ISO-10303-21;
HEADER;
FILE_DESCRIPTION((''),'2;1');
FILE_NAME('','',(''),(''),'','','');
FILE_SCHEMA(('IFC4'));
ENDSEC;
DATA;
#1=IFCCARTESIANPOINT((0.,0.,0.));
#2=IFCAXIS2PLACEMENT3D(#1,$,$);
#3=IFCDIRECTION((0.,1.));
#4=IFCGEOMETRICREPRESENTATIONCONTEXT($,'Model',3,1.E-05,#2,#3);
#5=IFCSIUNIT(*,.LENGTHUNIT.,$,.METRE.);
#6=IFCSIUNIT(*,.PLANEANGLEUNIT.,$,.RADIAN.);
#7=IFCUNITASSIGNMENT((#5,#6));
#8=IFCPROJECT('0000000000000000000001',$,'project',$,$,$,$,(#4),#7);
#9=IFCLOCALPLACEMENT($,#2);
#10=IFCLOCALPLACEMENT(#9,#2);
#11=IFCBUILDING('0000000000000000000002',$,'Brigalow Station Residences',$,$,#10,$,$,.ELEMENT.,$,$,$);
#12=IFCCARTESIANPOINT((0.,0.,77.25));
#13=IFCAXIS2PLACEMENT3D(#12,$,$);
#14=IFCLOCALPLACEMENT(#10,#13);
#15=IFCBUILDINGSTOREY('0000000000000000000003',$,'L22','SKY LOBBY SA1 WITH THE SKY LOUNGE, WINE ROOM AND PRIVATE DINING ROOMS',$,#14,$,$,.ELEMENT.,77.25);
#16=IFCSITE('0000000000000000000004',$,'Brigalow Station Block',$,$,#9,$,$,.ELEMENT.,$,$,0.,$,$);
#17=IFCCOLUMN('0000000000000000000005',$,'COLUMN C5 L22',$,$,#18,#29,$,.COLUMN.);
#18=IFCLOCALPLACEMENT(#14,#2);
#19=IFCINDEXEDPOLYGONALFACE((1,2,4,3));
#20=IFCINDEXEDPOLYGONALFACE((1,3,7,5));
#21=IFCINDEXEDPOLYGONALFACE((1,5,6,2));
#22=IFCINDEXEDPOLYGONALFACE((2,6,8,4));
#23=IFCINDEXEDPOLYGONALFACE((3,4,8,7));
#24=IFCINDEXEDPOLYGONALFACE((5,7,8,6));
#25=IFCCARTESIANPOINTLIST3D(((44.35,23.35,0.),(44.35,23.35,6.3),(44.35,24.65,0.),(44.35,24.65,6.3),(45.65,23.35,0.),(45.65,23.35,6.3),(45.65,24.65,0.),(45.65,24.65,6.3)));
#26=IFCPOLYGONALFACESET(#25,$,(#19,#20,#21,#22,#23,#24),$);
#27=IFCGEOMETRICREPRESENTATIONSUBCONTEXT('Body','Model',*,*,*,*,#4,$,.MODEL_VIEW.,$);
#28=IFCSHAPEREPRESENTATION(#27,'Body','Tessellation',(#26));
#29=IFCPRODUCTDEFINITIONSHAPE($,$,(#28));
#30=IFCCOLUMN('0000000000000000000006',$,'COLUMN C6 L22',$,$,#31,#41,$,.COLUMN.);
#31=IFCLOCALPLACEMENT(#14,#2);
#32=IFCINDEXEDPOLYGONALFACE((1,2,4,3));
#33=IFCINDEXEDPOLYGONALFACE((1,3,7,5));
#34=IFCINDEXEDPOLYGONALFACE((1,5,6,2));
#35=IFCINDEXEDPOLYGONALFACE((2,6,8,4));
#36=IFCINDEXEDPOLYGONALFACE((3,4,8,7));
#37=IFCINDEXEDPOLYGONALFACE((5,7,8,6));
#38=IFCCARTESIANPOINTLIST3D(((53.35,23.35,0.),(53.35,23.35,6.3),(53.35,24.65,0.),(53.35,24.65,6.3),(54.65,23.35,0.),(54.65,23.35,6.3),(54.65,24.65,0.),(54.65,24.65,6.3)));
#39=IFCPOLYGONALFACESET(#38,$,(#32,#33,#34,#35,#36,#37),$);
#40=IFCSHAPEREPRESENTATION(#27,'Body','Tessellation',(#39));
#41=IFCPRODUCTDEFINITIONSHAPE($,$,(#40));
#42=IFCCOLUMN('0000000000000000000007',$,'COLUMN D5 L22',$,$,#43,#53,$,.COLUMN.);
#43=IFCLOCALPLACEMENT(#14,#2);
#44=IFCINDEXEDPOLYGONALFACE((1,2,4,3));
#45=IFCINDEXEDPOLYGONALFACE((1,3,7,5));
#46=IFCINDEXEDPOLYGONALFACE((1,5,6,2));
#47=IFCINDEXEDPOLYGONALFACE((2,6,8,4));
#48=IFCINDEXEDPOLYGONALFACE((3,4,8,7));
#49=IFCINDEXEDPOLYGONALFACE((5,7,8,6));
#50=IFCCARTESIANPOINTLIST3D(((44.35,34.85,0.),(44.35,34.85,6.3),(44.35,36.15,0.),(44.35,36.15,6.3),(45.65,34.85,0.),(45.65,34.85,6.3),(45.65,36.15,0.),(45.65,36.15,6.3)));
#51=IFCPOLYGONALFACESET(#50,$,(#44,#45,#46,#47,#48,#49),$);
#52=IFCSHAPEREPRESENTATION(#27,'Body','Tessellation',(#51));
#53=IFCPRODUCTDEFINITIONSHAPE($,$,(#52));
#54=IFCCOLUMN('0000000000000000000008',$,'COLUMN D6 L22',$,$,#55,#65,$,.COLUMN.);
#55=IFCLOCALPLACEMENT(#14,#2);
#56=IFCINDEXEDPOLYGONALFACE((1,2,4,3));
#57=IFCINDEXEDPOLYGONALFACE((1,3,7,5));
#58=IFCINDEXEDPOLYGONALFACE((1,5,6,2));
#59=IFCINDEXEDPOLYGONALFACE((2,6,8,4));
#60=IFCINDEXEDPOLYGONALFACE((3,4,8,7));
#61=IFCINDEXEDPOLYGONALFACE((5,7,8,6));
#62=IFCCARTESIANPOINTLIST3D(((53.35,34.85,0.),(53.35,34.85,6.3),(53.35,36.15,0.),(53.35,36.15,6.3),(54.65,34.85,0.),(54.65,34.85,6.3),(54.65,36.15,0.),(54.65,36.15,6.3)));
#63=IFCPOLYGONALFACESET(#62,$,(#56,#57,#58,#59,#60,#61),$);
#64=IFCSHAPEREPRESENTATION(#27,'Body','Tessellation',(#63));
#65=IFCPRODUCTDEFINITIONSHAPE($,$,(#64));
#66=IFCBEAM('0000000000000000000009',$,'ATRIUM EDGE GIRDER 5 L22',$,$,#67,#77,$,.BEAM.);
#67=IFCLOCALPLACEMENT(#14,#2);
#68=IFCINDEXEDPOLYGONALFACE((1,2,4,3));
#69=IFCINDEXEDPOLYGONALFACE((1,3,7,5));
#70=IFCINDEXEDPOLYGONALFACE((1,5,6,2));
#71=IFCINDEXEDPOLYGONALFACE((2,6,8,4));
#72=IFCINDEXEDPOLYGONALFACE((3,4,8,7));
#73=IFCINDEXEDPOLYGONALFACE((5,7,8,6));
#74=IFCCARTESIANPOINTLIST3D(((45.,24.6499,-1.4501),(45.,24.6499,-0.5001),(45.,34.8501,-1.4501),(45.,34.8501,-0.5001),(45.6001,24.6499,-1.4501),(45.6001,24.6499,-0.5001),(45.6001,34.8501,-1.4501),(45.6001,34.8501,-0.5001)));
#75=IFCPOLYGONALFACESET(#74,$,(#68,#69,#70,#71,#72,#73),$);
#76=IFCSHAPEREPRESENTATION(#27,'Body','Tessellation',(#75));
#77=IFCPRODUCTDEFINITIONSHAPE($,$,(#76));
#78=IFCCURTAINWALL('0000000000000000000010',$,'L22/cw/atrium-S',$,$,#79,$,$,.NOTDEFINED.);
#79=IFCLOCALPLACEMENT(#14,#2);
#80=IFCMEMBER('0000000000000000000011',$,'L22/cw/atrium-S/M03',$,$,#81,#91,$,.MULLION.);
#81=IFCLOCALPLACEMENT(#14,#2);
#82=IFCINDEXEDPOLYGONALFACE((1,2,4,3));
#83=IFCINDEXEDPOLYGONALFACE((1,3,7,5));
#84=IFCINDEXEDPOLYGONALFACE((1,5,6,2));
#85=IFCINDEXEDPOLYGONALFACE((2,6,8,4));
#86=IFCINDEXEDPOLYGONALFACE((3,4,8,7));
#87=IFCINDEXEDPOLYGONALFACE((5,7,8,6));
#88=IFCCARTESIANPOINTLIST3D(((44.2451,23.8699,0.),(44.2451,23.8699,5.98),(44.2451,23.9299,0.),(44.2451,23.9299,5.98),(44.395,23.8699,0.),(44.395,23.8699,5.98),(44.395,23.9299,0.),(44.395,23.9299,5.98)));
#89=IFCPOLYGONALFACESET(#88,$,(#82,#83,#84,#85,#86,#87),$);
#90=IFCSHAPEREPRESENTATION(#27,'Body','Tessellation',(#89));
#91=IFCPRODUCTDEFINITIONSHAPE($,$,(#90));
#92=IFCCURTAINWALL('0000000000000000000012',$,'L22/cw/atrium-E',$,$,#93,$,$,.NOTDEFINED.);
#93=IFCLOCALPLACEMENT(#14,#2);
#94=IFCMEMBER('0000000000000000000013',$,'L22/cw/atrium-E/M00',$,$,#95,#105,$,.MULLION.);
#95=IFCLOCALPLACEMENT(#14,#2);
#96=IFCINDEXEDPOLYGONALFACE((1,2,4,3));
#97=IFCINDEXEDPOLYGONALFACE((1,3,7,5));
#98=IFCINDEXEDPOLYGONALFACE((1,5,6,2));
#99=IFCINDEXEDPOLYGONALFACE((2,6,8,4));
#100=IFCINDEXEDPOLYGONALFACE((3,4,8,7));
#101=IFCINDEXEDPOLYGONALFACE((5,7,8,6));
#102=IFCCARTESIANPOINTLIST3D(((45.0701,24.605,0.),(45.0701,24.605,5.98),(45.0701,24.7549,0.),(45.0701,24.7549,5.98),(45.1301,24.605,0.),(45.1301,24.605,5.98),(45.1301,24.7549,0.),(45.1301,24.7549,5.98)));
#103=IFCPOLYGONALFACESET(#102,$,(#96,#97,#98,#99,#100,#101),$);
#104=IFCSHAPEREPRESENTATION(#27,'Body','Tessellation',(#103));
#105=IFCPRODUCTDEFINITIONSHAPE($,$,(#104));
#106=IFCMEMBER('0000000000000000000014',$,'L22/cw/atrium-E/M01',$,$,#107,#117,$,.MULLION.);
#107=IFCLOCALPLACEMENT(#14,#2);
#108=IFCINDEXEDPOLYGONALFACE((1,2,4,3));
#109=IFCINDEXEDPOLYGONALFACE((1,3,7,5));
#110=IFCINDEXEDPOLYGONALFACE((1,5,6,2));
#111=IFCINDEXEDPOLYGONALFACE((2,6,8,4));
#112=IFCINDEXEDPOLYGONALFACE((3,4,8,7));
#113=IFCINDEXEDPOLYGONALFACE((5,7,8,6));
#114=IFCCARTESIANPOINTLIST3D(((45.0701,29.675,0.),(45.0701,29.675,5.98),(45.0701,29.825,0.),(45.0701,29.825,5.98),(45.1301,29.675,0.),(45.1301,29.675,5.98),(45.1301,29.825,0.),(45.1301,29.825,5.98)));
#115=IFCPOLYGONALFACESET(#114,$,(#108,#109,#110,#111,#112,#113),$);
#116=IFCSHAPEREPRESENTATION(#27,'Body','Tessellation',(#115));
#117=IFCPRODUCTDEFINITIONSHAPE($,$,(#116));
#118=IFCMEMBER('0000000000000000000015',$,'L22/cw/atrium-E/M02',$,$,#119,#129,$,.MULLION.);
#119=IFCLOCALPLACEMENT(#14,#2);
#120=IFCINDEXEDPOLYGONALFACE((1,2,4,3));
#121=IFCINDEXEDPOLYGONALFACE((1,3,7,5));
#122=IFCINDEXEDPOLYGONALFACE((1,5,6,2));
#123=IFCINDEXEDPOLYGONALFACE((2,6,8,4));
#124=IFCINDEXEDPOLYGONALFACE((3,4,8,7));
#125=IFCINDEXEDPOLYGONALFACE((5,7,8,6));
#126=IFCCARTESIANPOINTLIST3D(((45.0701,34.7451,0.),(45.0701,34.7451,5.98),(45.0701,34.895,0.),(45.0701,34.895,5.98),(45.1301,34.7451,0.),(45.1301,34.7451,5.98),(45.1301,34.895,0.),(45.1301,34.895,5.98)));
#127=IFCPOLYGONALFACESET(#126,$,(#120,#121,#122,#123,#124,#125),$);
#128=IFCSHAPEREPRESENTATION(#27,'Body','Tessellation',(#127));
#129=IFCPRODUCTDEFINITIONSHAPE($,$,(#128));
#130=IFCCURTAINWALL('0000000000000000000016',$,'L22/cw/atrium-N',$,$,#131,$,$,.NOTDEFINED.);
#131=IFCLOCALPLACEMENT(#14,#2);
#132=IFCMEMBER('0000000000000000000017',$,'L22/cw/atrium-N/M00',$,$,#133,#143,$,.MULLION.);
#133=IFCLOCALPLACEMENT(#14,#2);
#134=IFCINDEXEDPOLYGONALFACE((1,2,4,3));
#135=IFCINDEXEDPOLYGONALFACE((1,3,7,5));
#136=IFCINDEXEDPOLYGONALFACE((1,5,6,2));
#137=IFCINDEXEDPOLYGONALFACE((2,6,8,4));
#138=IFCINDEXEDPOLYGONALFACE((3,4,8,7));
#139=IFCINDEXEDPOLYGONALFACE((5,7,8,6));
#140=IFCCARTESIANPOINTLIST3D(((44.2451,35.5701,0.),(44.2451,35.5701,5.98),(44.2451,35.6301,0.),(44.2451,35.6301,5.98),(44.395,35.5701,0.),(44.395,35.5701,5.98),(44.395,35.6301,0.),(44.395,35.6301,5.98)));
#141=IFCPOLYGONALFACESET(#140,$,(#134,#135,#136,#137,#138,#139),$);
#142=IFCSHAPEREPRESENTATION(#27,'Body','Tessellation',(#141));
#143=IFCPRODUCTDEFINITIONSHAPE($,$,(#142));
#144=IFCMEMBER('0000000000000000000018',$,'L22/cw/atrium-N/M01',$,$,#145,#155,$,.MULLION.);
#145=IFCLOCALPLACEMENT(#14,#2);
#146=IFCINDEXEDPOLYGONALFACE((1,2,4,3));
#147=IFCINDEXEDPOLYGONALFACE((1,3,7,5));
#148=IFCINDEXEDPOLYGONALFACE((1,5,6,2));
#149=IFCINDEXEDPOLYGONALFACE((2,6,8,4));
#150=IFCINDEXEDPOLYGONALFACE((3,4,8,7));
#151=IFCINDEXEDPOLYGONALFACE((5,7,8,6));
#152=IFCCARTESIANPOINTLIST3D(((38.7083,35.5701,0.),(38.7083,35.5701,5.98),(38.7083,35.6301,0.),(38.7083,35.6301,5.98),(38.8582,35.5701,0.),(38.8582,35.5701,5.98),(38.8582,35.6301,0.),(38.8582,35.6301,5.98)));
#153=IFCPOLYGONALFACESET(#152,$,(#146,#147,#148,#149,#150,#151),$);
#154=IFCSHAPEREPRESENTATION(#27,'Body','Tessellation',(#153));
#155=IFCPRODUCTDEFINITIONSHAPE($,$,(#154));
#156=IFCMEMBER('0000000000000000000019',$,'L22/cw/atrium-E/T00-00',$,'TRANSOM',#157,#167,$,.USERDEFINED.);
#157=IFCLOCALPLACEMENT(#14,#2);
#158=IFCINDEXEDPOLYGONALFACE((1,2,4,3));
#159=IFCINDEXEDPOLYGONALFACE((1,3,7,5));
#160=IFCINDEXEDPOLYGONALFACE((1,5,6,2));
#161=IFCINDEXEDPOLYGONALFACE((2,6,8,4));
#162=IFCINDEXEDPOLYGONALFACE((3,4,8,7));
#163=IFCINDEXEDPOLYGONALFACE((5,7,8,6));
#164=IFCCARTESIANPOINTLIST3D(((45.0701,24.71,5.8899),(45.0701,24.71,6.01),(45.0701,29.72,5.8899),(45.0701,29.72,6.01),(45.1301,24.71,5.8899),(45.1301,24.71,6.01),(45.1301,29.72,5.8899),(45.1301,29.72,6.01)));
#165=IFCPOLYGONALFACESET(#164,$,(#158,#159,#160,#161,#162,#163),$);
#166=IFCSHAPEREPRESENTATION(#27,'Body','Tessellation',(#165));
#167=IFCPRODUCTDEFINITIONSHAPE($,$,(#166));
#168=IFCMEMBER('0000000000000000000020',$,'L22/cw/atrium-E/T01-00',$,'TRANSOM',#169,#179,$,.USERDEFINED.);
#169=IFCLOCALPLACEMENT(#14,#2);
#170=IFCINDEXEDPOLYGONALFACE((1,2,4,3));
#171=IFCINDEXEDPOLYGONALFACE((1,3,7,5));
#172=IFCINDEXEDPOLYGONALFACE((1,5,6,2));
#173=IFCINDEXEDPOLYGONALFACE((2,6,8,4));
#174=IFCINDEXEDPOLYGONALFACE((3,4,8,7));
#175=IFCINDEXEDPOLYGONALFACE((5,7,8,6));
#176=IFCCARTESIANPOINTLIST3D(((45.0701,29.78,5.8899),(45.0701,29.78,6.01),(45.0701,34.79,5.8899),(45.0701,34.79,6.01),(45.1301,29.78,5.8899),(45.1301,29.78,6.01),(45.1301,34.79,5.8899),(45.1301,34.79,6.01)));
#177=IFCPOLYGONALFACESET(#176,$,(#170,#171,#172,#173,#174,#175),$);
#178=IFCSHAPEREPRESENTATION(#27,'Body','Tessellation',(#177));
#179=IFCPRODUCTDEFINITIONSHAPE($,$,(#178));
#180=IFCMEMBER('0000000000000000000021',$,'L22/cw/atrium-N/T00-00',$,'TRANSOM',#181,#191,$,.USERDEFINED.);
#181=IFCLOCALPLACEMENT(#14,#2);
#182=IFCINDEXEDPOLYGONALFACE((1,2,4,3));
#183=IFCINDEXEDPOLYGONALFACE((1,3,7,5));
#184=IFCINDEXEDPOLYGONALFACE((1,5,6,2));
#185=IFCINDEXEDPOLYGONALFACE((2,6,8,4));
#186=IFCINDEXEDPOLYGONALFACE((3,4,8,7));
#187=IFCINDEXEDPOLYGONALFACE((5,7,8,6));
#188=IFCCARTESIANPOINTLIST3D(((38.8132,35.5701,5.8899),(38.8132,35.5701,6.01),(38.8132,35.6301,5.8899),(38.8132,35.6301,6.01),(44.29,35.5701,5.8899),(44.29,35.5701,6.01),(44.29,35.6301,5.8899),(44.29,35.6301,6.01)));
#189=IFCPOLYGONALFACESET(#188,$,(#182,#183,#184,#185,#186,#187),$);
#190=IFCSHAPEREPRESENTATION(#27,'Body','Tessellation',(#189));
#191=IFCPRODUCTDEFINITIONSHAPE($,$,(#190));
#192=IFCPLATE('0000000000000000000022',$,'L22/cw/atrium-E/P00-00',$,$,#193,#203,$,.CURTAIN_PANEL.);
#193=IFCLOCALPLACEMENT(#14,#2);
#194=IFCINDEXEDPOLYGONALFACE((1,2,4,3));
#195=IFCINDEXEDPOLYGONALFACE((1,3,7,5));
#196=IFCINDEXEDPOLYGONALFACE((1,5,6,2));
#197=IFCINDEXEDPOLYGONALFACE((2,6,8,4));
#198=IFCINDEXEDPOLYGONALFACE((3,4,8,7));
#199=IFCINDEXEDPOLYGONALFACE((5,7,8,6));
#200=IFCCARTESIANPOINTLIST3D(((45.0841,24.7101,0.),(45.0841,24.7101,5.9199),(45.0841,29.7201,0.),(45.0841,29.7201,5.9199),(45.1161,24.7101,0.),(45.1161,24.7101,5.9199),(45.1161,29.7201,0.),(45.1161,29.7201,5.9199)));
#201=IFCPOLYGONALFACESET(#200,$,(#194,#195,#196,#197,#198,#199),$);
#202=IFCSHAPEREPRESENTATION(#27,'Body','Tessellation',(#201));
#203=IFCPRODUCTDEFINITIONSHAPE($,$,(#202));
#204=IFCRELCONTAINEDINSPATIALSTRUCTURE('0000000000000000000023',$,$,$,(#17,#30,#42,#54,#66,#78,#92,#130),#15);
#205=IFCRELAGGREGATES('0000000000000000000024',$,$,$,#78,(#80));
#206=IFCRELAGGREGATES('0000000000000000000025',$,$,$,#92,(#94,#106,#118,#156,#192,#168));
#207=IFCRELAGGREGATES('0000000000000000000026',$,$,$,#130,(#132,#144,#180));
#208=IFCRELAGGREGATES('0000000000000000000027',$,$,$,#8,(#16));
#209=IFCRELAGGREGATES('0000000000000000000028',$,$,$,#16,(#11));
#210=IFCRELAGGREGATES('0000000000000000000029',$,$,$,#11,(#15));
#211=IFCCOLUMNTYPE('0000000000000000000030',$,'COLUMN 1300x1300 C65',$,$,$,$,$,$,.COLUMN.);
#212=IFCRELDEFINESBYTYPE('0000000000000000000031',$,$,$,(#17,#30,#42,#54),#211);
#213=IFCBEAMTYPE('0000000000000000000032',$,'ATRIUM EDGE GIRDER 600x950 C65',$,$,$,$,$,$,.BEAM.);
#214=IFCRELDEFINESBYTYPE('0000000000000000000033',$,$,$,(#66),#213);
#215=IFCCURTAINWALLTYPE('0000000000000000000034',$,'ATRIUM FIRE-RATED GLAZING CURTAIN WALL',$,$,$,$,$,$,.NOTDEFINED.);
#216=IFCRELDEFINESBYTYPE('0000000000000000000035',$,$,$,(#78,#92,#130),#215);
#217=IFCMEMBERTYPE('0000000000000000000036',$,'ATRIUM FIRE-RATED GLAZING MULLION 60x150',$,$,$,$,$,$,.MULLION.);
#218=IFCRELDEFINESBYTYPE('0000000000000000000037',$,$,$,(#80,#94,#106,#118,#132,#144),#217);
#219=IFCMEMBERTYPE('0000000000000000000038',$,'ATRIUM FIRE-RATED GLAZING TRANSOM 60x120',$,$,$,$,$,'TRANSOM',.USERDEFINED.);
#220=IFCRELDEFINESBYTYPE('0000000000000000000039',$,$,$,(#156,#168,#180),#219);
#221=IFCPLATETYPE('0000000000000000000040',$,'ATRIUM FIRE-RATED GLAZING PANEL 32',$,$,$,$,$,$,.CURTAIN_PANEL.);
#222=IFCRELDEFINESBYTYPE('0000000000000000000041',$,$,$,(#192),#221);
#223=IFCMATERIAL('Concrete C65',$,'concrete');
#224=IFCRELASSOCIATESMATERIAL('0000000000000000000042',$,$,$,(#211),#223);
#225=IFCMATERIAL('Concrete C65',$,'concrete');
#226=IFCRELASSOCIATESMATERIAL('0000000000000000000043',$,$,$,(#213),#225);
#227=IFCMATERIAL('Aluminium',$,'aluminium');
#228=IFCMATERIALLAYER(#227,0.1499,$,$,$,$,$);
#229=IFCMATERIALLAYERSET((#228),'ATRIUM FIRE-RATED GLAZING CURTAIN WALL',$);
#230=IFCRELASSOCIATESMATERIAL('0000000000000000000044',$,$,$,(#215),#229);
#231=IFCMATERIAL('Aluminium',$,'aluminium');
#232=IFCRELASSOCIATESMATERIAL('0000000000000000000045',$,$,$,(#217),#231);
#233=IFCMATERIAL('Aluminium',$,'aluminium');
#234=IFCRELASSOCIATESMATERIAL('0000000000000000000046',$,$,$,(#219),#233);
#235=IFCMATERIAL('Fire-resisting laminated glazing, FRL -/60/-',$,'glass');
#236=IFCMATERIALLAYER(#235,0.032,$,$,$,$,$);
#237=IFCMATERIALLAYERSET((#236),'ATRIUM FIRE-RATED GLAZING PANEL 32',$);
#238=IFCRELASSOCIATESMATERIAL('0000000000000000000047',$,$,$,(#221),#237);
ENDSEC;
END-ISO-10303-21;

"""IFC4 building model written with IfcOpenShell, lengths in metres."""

from ifc_helpers import new_model, si_unit, direction, frame, origin, origin_2d, place, context, subcontext, project, spatial, rectangle, extrude, material, layer, layer_set, material_profile, profile_set, type_object, element, aggregate, save


model = new_model("IFC4")

# Units and contexts
model_context = context("Model", 3, precision=1e-05, world=origin(), true_north=direction((0.0, 1.0)))
body_context = subcontext(model_context, "Body", "Model", "MODEL_VIEW")
ifc_project = project(units=[si_unit("LENGTHUNIT", "METRE"), si_unit("PLANEANGLEUNIT", "RADIAN")], contexts=[model_context])

# Site, building, storey
site_placement = place(None, origin())
site = spatial("IfcSite", under=ifc_project, at=site_placement, Name="Brigalow Station Block", CompositionType="ELEMENT", RefElevation=0.0)
building_placement = place(site_placement, origin())
building = spatial("IfcBuilding", under=site, at=building_placement, Name="Brigalow Station Residences", CompositionType="ELEMENT")
storey_placement = place(building_placement, frame((0.0, 0.0, 77.25)))
storey = spatial("IfcBuildingStorey", under=building, at=storey_placement, Name="L22", Description="SKY LOBBY SA1 WITH THE SKY LOUNGE, WINE ROOM AND PRIVATE DINING ROOMS", CompositionType="ELEMENT", Elevation=77.25)

# Columns
ifc_material_1 = material(Name="Concrete C65", Category="concrete")
ifc_material_profile_1 = material_profile(ifc_material_1, rectangle(XDim=1.3, YDim=1.3, at=origin_2d()), Name="RC1300x1300")
ifc_profile_set_1 = profile_set([ifc_material_profile_1], Name="Concrete C65")
column_type = type_object("IfcColumnType", Name="COLUMN 1300x1300 C65", PredefinedType="COLUMN", material=ifc_profile_set_1)
for number, where, z_axis, x_axis, name in (
    (1, (45.0, 24.0, 0.0), (0.0, 0.0, 1.0), (1.0, 0.0, 0.0), "COLUMN C5 L22"),
    (2, (54.0, 24.0, 0.0), (0.0, 0.0, 1.0), (1.0, 0.0, 0.0), "COLUMN C6 L22"),
    (3, (45.0, 35.5, 0.0), (0.0, 0.0, 1.0), (1.0, 0.0, 0.0), "COLUMN D5 L22"),
    (4, (54.0, 35.5, 0.0), (0.0, 0.0, 1.0), (1.0, 0.0, 0.0), "COLUMN D6 L22"),
):
    element("IfcColumn", number, at=place(storey_placement, frame(where, z_axis=z_axis, x_axis=x_axis)), inside=storey, type_object=column_type, Name=name, PredefinedType="COLUMN", context=body_context, shape_type="SweptSolid", body=[
        extrude(rectangle(XDim=1.3, YDim=1.3, at=origin_2d()), origin(), (0.0, 0.0, 1.0), 6.3),
    ])

# Beam
ifc_material_2 = material(Name="Concrete C65", Category="concrete")
ifc_material_profile_2 = material_profile(ifc_material_2, rectangle(XDim=0.6001, YDim=0.95, at=origin_2d()), Name="RC600x950")
ifc_profile_set_2 = profile_set([ifc_material_profile_2], Name="Concrete C65")
beam_type = type_object("IfcBeamType", Name="ATRIUM EDGE GIRDER 600x950 C65", PredefinedType="BEAM", material=ifc_profile_set_2)
beam_placement = place(storey_placement, frame((45.3, 24.6499, -0.9751), z_axis=(0.0, 1.0, 0.0), x_axis=(-1.0, 0.0, 0.0)))
element("IfcBeam", 5, at=beam_placement, inside=storey, type_object=beam_type, Name="ATRIUM EDGE GIRDER 5 L22", PredefinedType="BEAM", context=body_context, shape_type="SweptSolid", body=[
    extrude(rectangle(XDim=0.6001, YDim=0.95, at=origin_2d()), origin(), (0.0, 0.0, 1.0), 10.2002),
])

# Curtain wall, member
ifc_material_3 = material(Name="Aluminium", Category="aluminium")
ifc_layer_1 = layer(ifc_material_3, 0.1499)
ifc_layer_set_1 = layer_set([ifc_layer_1], Name="ATRIUM FIRE-RATED GLAZING CURTAIN WALL")
curtain_wall_type = type_object("IfcCurtainWallType", Name="ATRIUM FIRE-RATED GLAZING CURTAIN WALL", PredefinedType="NOTDEFINED", material=ifc_layer_set_1)
curtain_wall_1_placement = place(storey_placement, origin())
curtain_wall_1 = element("IfcCurtainWall", 6, at=curtain_wall_1_placement, inside=storey, type_object=curtain_wall_type, Name="L22/cw/atrium-S", PredefinedType="NOTDEFINED")
ifc_material_4 = material(Name="Aluminium", Category="aluminium")
ifc_material_profile_3 = material_profile(ifc_material_4, rectangle(XDim=0.0601, YDim=0.1499, at=origin_2d()), Name="ATRIUM FIRE-RATED GLAZING MULLION 60x150")
ifc_profile_set_3 = profile_set([ifc_material_profile_3], Name="Aluminium")
member_type_1 = type_object("IfcMemberType", Name="ATRIUM FIRE-RATED GLAZING MULLION 60x150", PredefinedType="MULLION", material=ifc_profile_set_3)
member_1_placement = place(storey_placement, frame((44.3201, 23.8999, 0.0), z_axis=(0.0, 0.0, 1.0), x_axis=(0.0, 1.0, 0.0)))
member_1 = element("IfcMember", 7, at=member_1_placement, type_object=member_type_1, Name="L22/cw/atrium-S/M03", PredefinedType="MULLION", context=body_context, shape_type="SweptSolid", body=[
    extrude(rectangle(XDim=0.0601, YDim=0.1499, at=origin_2d()), origin(), (0.0, 0.0, 1.0), 5.98),
])
aggregate(curtain_wall_1, [member_1])

# Curtain walls, members
curtain_wall_2_placement = place(storey_placement, origin())
curtain_wall_2 = element("IfcCurtainWall", 8, at=curtain_wall_2_placement, inside=storey, type_object=curtain_wall_type, Name="L22/cw/atrium-E", PredefinedType="NOTDEFINED")
member_2_placement = place(storey_placement, frame((45.1001, 24.6799, 0.0), z_axis=(0.0, 0.0, 1.0), x_axis=(-1.0, 0.0, 0.0)))
member_2 = element("IfcMember", 9, at=member_2_placement, type_object=member_type_1, Name="L22/cw/atrium-E/M00", PredefinedType="MULLION", context=body_context, shape_type="SweptSolid", body=[
    extrude(rectangle(XDim=0.0601, YDim=0.1499, at=origin_2d()), origin(), (0.0, 0.0, 1.0), 5.98),
])
member_3_placement = place(storey_placement, frame((45.1001, 29.75, 0.0), z_axis=(0.0, 0.0, 1.0), x_axis=(-1.0, 0.0, 0.0)))
member_3 = element("IfcMember", 10, at=member_3_placement, type_object=member_type_1, Name="L22/cw/atrium-E/M01", PredefinedType="MULLION", context=body_context, shape_type="SweptSolid", body=[
    extrude(rectangle(XDim=0.0601, YDim=0.1499, at=origin_2d()), origin(), (0.0, 0.0, 1.0), 5.98),
])
member_4_placement = place(storey_placement, frame((45.1001, 34.8201, 0.0), z_axis=(0.0, 0.0, 1.0), x_axis=(-1.0, 0.0, 0.0)))
member_4 = element("IfcMember", 11, at=member_4_placement, type_object=member_type_1, Name="L22/cw/atrium-E/M02", PredefinedType="MULLION", context=body_context, shape_type="SweptSolid", body=[
    extrude(rectangle(XDim=0.0601, YDim=0.1499, at=origin_2d()), origin(), (0.0, 0.0, 1.0), 5.98),
])
curtain_wall_3_placement = place(storey_placement, origin())
curtain_wall_3 = element("IfcCurtainWall", 12, at=curtain_wall_3_placement, inside=storey, type_object=curtain_wall_type, Name="L22/cw/atrium-N", PredefinedType="NOTDEFINED")
member_5_placement = place(storey_placement, frame((44.3201, 35.6001, 0.0), z_axis=(0.0, 0.0, 1.0), x_axis=(0.0, -1.0, 0.0)))
member_5 = element("IfcMember", 13, at=member_5_placement, type_object=member_type_1, Name="L22/cw/atrium-N/M00", PredefinedType="MULLION", context=body_context, shape_type="SweptSolid", body=[
    extrude(rectangle(XDim=0.0601, YDim=0.1499, at=origin_2d()), origin(), (0.0, 0.0, 1.0), 5.98),
])
member_6_placement = place(storey_placement, frame((38.7832, 35.6001, 0.0), z_axis=(0.0, 0.0, 1.0), x_axis=(0.0, -1.0, 0.0)))
member_6 = element("IfcMember", 14, at=member_6_placement, type_object=member_type_1, Name="L22/cw/atrium-N/M01", PredefinedType="MULLION", context=body_context, shape_type="SweptSolid", body=[
    extrude(rectangle(XDim=0.0601, YDim=0.1499, at=origin_2d()), origin(), (0.0, 0.0, 1.0), 5.98),
])

# Members
ifc_material_5 = material(Name="Aluminium", Category="aluminium")
ifc_material_profile_4 = material_profile(ifc_material_5, rectangle(XDim=0.0601, YDim=0.1201, at=origin_2d()), Name="ATRIUM FIRE-RATED GLAZING TRANSOM 60x120")
ifc_profile_set_4 = profile_set([ifc_material_profile_4], Name="Aluminium")
member_type_2 = type_object("IfcMemberType", Name="ATRIUM FIRE-RATED GLAZING TRANSOM 60x120", ElementType="TRANSOM", PredefinedType="USERDEFINED", material=ifc_profile_set_4)
member_7_placement = place(storey_placement, frame((45.1001, 24.71, 5.95), z_axis=(0.0, 1.0, 0.0), x_axis=(-1.0, 0.0, 0.0)))
member_7 = element("IfcMember", 15, at=member_7_placement, type_object=member_type_2, Name="L22/cw/atrium-E/T00-00", ObjectType="TRANSOM", PredefinedType="USERDEFINED", context=body_context, shape_type="SweptSolid", body=[
    extrude(rectangle(XDim=0.0601, YDim=0.1201, at=origin_2d()), origin(), (0.0, 0.0, 1.0), 5.01),
])
member_8_placement = place(storey_placement, frame((45.1001, 29.78, 5.95), z_axis=(0.0, 1.0, 0.0), x_axis=(-1.0, 0.0, 0.0)))
member_8 = element("IfcMember", 16, at=member_8_placement, type_object=member_type_2, Name="L22/cw/atrium-E/T01-00", ObjectType="TRANSOM", PredefinedType="USERDEFINED", context=body_context, shape_type="SweptSolid", body=[
    extrude(rectangle(XDim=0.0601, YDim=0.1201, at=origin_2d()), origin(), (0.0, 0.0, 1.0), 5.01),
])
member_9_placement = place(storey_placement, frame((44.29, 35.6001, 5.95), z_axis=(-1.0, 0.0, 0.0), x_axis=(0.0, -1.0, 0.0)))
member_9 = element("IfcMember", 17, at=member_9_placement, type_object=member_type_2, Name="L22/cw/atrium-N/T00-00", ObjectType="TRANSOM", PredefinedType="USERDEFINED", context=body_context, shape_type="SweptSolid", body=[
    extrude(rectangle(XDim=0.0601, YDim=0.1201, at=origin_2d()), origin(), (0.0, 0.0, 1.0), 5.4768),
])

# Plate
ifc_material_6 = material(Name="Fire-resisting laminated glazing, FRL -/60/-", Category="glass")
ifc_layer_2 = layer(ifc_material_6, 0.032)
ifc_layer_set_2 = layer_set([ifc_layer_2], Name="ATRIUM FIRE-RATED GLAZING PANEL 32")
plate_type = type_object("IfcPlateType", Name="ATRIUM FIRE-RATED GLAZING PANEL 32", PredefinedType="CURTAIN_PANEL", material=ifc_layer_set_2)
plate_1_placement = place(storey_placement, frame((45.1001, 27.2151, 0.0), z_axis=(0.0, 0.0, 1.0), x_axis=(0.0, 1.0, 0.0)))
plate_1 = element("IfcPlate", 18, at=plate_1_placement, type_object=plate_type, Name="L22/cw/atrium-E/P00-00", PredefinedType="CURTAIN_PANEL", context=body_context, shape_type="SweptSolid", body=[
    extrude(rectangle(XDim=5.01, YDim=0.032, at=origin_2d()), origin(), (0.0, 0.0, 1.0), 5.9199),
])
aggregate(curtain_wall_2, [member_2, member_3, member_4, member_7, plate_1, member_8])
aggregate(curtain_wall_3, [member_5, member_6, member_9])

save(model, "model.ifc")
